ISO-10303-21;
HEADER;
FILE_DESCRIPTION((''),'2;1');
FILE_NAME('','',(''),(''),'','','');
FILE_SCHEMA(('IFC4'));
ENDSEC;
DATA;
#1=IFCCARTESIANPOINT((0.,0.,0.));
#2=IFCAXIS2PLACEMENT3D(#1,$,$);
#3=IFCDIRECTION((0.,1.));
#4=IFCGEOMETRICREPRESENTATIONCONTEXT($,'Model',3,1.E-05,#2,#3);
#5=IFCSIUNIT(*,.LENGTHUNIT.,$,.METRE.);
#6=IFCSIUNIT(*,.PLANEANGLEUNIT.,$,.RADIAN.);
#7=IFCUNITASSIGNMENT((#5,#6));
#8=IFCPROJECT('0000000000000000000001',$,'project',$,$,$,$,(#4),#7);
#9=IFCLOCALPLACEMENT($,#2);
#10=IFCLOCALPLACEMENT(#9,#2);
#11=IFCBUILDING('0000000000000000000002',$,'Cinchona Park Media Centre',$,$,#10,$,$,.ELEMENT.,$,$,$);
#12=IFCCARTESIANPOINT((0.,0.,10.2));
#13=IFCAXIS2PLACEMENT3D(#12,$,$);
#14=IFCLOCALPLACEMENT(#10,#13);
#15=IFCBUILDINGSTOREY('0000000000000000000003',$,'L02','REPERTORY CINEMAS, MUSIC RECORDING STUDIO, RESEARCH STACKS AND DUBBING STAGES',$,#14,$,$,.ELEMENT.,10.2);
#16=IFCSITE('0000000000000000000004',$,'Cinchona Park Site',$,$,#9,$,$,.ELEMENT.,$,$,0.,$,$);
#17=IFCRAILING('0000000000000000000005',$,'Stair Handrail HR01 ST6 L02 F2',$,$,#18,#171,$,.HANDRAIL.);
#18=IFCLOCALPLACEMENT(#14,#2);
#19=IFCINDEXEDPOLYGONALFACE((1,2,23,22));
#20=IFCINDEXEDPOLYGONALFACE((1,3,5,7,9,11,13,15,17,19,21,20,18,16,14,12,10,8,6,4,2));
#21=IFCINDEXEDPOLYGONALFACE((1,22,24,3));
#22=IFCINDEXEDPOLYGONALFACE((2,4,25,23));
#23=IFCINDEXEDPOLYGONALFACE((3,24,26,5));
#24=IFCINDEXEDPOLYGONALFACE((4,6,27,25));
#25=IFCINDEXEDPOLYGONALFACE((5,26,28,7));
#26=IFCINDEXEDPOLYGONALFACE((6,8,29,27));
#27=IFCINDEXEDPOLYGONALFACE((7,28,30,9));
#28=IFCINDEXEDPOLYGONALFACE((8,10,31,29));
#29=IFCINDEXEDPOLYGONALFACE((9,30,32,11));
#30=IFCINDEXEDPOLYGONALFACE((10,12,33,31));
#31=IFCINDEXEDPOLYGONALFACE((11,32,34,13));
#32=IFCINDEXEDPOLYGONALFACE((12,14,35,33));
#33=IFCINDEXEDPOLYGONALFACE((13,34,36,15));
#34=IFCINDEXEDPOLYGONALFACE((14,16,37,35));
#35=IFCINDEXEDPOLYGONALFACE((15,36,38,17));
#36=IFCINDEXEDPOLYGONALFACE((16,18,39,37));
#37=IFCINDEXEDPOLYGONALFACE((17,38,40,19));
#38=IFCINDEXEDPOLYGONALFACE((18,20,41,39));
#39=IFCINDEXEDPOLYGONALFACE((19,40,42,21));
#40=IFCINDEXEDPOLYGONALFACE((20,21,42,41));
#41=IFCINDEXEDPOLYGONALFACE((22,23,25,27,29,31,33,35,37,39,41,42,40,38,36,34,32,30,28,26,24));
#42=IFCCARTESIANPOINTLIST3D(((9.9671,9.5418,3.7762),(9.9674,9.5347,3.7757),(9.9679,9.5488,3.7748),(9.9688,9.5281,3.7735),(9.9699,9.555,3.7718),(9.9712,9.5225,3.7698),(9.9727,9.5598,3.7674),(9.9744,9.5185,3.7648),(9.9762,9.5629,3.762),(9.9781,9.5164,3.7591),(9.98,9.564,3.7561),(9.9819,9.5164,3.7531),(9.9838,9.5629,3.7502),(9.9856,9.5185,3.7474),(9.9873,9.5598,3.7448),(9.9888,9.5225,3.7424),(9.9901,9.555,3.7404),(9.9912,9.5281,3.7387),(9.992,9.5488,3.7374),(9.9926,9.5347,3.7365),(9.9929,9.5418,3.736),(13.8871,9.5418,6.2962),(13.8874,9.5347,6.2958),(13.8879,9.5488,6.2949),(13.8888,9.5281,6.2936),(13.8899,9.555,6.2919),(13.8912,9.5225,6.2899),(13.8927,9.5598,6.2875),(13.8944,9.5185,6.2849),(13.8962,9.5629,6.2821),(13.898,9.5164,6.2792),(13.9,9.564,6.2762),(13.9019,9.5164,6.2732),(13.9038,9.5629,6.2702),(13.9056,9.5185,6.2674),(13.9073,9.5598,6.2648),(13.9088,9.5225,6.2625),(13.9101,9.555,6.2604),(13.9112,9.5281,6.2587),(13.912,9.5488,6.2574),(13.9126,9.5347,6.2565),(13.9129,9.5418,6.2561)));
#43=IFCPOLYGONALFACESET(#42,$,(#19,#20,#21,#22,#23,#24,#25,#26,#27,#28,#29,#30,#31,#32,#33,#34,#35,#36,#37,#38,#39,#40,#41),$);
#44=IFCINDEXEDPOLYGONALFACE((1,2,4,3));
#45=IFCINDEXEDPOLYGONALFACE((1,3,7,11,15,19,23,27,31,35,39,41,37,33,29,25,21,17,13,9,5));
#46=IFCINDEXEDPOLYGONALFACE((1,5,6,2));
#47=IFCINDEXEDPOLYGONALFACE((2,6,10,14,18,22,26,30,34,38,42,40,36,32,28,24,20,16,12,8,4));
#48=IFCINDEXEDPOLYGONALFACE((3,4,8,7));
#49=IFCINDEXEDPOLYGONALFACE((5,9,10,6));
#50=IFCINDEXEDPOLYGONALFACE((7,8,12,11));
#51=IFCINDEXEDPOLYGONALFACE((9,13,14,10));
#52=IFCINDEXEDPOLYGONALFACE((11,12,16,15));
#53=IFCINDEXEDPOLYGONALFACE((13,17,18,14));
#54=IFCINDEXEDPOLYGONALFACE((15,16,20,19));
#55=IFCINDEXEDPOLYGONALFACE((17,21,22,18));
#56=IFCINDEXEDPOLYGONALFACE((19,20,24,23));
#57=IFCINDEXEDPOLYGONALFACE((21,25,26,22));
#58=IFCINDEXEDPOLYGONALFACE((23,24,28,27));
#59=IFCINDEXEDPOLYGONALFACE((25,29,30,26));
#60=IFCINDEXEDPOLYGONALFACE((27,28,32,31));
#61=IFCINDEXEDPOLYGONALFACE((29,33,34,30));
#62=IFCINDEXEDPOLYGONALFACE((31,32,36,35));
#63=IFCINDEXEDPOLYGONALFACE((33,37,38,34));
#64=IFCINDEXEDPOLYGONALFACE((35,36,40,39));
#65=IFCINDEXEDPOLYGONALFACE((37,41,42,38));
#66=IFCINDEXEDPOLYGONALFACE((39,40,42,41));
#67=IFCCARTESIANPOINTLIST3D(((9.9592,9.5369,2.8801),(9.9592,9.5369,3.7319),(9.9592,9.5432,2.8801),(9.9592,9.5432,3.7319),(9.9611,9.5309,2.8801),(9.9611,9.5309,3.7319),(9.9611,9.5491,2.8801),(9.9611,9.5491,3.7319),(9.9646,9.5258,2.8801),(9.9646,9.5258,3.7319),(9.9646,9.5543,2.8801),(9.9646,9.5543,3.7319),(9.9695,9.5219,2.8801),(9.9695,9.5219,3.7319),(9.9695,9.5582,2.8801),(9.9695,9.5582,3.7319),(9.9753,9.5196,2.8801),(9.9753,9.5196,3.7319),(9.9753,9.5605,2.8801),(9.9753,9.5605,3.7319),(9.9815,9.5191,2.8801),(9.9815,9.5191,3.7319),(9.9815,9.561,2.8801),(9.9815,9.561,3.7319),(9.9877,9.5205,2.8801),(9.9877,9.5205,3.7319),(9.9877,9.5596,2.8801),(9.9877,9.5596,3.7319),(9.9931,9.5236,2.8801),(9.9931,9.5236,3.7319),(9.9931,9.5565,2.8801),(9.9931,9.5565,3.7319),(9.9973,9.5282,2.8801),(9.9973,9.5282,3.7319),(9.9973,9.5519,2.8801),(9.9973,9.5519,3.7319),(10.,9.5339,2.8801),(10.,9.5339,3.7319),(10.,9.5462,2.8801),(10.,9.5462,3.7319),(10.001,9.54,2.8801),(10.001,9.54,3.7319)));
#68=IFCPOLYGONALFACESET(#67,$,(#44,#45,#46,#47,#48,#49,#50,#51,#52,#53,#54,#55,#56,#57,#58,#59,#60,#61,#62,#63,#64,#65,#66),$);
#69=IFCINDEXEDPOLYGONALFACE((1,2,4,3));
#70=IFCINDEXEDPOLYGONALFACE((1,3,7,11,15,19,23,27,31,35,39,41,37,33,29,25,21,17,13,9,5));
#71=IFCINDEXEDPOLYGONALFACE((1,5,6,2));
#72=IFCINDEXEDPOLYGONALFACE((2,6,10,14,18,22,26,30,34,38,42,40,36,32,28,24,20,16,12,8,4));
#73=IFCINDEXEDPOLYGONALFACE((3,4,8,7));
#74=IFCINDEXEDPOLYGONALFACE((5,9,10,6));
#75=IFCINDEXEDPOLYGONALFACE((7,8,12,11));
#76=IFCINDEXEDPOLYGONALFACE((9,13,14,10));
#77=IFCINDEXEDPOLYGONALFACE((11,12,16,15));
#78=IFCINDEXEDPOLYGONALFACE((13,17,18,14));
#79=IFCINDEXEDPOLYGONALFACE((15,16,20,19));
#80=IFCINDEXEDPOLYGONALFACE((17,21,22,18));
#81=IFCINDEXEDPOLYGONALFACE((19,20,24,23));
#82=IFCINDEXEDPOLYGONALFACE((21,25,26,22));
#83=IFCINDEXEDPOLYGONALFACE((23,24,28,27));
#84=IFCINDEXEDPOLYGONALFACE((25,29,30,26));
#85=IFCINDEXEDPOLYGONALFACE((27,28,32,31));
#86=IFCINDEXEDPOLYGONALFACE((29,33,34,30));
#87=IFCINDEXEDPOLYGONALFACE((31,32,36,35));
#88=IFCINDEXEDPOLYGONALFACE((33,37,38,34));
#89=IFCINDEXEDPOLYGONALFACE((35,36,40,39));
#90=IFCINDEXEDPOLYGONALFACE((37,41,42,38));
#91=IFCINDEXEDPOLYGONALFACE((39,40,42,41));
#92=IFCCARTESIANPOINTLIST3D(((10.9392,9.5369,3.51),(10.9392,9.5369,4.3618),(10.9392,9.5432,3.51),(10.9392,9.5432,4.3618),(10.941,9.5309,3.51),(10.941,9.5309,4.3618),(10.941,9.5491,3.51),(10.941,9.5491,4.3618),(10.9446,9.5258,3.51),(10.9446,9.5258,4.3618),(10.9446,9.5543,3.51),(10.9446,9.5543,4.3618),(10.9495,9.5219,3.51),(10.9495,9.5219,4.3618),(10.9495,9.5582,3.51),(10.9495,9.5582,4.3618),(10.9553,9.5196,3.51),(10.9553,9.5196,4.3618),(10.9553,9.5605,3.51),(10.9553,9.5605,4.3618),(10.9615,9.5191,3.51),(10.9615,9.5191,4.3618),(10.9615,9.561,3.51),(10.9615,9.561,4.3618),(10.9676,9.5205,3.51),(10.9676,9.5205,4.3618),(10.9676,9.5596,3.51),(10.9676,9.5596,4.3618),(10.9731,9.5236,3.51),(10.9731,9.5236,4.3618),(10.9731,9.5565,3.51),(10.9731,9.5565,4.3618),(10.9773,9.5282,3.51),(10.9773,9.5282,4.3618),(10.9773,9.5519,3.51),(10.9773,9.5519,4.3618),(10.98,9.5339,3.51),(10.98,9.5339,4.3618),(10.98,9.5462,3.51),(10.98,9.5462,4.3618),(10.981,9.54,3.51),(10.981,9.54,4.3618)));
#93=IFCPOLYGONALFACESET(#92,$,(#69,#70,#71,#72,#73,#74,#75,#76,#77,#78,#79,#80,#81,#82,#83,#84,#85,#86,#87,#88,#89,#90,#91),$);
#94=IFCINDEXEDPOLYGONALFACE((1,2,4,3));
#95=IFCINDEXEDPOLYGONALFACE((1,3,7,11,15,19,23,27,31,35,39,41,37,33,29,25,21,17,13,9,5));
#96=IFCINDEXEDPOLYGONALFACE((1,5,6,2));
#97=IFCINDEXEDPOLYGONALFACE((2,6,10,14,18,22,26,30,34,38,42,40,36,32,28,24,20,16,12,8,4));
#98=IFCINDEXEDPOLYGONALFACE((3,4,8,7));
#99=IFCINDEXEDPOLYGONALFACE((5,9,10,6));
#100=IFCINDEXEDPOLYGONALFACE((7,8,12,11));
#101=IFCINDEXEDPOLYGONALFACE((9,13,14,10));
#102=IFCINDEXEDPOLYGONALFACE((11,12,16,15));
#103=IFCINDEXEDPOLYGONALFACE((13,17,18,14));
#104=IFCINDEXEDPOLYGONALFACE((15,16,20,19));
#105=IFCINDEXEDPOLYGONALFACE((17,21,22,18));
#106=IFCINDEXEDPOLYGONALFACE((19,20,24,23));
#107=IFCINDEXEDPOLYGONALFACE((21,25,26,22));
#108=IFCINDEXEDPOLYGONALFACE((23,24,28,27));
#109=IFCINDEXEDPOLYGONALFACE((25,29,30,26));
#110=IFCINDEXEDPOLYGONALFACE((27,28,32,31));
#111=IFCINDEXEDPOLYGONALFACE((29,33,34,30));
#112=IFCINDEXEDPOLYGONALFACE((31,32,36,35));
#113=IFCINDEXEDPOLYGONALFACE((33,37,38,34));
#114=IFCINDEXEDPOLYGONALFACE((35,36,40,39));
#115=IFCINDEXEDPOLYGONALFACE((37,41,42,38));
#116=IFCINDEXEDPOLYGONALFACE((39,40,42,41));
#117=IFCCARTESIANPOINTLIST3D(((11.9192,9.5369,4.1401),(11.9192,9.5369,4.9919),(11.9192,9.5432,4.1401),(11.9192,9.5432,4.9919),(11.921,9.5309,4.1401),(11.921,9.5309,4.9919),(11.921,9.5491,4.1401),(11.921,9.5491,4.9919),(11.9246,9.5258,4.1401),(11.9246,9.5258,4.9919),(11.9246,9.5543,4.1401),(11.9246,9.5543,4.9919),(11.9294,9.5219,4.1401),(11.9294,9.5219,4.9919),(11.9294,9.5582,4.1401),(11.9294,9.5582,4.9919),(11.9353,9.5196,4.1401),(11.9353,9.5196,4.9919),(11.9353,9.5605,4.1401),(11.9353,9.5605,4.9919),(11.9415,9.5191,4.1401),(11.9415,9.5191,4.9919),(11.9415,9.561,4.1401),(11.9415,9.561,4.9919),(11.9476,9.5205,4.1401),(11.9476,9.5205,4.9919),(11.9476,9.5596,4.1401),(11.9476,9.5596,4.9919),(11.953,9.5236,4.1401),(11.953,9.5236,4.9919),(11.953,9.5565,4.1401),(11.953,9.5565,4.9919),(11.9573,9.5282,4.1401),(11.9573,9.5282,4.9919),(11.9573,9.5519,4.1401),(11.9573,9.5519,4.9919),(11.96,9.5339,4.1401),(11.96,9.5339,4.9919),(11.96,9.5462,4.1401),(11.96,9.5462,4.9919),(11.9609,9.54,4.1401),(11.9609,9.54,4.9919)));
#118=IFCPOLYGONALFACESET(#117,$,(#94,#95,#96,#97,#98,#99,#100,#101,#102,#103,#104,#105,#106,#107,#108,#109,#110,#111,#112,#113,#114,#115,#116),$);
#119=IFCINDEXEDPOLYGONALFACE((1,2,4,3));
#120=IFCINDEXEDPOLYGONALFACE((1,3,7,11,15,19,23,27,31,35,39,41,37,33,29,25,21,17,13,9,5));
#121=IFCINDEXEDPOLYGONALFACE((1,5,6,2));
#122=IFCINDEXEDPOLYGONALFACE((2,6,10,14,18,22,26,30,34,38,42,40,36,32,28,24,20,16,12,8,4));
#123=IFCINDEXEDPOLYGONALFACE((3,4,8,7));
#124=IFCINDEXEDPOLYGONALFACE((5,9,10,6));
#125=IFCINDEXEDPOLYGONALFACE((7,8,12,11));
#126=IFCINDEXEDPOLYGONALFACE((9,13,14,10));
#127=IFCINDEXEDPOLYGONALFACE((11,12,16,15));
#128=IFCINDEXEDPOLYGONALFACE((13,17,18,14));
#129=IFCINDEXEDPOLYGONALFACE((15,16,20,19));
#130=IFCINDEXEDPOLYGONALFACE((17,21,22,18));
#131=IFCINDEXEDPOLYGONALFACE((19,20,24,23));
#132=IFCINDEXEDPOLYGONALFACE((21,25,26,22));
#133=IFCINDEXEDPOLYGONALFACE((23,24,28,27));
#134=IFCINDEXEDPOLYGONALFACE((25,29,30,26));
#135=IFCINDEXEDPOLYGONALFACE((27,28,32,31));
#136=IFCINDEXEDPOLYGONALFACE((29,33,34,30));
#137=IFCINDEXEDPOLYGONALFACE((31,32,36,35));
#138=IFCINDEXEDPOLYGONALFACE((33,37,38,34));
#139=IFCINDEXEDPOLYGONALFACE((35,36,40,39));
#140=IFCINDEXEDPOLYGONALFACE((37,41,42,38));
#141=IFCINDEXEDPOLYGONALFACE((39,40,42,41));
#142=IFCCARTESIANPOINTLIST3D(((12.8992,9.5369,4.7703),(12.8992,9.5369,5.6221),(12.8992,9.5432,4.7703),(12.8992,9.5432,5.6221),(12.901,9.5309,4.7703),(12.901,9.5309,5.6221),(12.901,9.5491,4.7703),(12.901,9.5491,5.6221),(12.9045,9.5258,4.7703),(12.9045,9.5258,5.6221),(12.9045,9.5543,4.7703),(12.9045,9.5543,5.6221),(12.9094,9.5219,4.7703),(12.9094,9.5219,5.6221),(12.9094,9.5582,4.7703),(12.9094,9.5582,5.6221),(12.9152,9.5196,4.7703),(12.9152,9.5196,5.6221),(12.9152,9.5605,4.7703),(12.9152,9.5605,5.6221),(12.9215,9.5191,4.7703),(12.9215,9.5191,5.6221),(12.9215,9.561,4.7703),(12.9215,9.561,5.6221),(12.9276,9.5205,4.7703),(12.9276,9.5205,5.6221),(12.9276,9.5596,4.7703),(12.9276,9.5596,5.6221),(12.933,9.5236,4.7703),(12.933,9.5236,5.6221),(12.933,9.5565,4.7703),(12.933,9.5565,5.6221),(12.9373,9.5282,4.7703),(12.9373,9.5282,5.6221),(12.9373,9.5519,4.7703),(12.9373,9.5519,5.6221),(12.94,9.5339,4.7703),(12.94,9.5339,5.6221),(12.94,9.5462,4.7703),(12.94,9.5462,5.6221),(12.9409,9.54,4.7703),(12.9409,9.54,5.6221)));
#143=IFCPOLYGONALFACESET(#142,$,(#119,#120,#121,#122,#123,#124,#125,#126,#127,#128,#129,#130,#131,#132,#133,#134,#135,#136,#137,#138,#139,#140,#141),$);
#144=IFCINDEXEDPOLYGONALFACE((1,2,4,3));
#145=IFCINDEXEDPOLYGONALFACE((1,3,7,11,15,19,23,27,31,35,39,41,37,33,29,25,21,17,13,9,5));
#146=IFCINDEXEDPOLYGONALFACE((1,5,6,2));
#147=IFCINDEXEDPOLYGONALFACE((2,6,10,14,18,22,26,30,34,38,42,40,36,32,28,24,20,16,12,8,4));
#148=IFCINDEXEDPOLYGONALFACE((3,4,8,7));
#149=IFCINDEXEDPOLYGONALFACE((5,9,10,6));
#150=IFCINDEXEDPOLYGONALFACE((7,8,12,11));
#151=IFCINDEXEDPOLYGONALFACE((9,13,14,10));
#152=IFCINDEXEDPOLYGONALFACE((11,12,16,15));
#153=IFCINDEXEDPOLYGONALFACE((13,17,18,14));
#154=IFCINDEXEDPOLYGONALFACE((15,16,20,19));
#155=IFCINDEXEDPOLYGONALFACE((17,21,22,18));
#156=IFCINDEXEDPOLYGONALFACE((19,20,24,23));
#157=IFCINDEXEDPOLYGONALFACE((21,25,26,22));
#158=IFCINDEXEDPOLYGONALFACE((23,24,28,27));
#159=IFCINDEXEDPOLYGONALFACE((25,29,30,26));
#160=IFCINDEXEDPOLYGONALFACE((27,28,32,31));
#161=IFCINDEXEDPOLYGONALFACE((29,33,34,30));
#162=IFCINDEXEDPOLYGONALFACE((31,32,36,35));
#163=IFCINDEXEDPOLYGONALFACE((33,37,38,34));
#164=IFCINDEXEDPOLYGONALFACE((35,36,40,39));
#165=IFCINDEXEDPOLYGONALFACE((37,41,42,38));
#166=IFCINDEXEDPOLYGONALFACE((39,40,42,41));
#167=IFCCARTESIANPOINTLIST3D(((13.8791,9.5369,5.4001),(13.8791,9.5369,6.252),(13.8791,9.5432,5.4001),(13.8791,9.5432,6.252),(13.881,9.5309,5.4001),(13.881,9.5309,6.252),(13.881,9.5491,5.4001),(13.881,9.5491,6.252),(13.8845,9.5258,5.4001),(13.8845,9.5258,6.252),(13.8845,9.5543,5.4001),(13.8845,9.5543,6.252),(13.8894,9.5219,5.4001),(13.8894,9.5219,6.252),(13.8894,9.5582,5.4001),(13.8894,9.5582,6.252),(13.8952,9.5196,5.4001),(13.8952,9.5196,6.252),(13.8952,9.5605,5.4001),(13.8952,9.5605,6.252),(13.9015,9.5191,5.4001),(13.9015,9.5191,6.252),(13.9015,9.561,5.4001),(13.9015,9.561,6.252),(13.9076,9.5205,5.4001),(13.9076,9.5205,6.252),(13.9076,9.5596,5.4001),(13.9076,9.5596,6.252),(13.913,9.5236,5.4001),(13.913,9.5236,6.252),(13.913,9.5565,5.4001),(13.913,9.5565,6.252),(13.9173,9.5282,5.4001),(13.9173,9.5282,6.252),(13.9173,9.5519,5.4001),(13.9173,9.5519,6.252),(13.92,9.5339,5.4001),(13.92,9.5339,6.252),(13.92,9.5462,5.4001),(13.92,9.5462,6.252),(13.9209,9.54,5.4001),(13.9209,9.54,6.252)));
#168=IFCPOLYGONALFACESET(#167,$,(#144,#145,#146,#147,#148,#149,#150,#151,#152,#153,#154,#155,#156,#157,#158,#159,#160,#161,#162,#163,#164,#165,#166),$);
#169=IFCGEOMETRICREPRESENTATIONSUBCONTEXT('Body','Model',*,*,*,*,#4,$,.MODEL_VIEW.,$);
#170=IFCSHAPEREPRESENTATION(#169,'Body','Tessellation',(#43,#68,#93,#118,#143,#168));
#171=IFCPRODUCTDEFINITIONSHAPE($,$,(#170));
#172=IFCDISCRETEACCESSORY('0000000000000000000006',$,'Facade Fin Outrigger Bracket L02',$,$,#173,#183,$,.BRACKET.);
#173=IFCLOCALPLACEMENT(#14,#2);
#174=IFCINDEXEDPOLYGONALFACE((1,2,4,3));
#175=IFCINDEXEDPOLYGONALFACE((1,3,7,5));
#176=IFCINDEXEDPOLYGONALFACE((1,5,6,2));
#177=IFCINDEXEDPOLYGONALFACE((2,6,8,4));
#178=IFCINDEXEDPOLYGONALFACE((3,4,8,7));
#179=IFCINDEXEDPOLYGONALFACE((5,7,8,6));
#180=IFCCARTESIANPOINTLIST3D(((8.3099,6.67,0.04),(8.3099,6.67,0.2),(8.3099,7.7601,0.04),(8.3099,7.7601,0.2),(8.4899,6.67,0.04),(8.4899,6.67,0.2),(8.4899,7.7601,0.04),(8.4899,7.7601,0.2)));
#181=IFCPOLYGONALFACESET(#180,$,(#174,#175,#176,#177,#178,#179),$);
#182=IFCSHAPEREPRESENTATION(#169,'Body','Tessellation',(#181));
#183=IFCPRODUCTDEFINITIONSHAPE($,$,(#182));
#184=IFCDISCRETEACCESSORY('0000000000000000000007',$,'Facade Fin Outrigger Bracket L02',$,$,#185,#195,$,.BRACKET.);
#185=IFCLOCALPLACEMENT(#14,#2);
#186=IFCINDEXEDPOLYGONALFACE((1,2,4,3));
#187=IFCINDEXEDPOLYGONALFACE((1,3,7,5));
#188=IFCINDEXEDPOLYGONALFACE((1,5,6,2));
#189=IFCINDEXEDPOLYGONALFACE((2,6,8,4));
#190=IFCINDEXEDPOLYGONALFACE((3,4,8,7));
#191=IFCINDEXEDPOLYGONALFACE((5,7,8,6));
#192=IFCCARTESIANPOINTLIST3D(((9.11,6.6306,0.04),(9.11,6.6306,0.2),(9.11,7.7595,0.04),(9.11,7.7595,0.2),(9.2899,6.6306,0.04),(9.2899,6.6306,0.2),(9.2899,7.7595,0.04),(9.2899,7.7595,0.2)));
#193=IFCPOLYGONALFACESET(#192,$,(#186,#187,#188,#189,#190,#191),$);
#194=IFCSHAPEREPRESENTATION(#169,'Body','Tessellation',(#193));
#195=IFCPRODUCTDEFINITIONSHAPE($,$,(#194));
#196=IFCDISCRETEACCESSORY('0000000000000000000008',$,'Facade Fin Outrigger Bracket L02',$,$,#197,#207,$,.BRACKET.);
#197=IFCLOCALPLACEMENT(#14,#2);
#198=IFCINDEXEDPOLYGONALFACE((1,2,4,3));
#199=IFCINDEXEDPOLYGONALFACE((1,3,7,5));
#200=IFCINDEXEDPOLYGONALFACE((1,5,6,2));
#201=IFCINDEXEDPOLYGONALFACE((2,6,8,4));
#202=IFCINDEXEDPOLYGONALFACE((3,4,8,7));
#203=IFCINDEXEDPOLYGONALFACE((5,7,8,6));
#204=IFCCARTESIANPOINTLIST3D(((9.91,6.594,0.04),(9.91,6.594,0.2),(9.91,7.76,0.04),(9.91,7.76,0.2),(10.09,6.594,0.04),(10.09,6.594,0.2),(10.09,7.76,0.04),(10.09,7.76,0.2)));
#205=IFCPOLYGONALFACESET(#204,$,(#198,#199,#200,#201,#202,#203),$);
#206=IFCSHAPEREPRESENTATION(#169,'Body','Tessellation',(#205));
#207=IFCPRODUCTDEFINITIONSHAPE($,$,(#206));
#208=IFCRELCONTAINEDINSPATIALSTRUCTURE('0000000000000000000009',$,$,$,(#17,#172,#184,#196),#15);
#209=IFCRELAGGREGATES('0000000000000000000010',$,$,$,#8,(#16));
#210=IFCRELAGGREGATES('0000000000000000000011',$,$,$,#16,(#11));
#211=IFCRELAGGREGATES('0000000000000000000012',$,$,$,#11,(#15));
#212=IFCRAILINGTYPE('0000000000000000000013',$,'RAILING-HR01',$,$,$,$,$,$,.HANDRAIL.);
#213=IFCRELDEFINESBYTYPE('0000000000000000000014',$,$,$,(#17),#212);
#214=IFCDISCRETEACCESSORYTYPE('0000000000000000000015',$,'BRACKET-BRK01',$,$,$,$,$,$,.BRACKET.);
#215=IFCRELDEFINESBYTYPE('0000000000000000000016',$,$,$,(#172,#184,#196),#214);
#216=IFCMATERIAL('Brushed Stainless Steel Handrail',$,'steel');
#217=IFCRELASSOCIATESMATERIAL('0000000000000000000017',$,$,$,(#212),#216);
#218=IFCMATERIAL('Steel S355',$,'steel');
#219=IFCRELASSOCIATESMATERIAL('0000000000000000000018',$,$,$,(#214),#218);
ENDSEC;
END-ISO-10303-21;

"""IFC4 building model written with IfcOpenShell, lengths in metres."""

from ifc_helpers import new_model, si_unit, direction, frame, origin, origin_2d, place, context, subcontext, project, spatial, rectangle, circle, extrude, material, type_object, element, save


model = new_model("IFC4")

# Units and contexts
model_context = context("Model", 3, precision=1e-05, world=origin(), true_north=direction((0.0, 1.0)))
body_context = subcontext(model_context, "Body", "Model", "MODEL_VIEW")
ifc_project = project(units=[si_unit("LENGTHUNIT", "METRE"), si_unit("PLANEANGLEUNIT", "RADIAN")], contexts=[model_context])

# Site, building, storey
site_placement = place(None, origin())
site = spatial("IfcSite", under=ifc_project, at=site_placement, Name="Cinchona Park Site", CompositionType="ELEMENT", RefElevation=0.0)
building_placement = place(site_placement, origin())
building = spatial("IfcBuilding", under=site, at=building_placement, Name="Cinchona Park Media Centre", CompositionType="ELEMENT")
storey_placement = place(building_placement, frame((0.0, 0.0, 10.2)))
storey = spatial("IfcBuildingStorey", under=building, at=storey_placement, Name="L02", Description="REPERTORY CINEMAS, MUSIC RECORDING STUDIO, RESEARCH STACKS AND DUBBING STAGES", CompositionType="ELEMENT", Elevation=10.2)

# Railing
ifc_material_1 = material(Name="Brushed Stainless Steel Handrail", Category="steel")
railing_type_1 = type_object("IfcRailingType", Name="RAILING-HR01", PredefinedType="HANDRAIL", material=ifc_material_1)
railing_1_placement = place(storey_placement, frame((9.98, 9.54, 2.8801)))
element("IfcRailing", 1, at=railing_1_placement, inside=storey, type_object=railing_type_1, Name="Stair Handrail HR01 ST6 L02 F2", PredefinedType="HANDRAIL", context=body_context, shape_type="SweptSolid", body=[
    extrude(circle(Radius=0.0239, at=origin_2d()), frame((0.0, 0.0, 0.876), z_axis=(0.841172, 0.0, 0.540768), x_axis=(0.0, 1.0, 0.0)), (0.0, 0.0, 1.0), 4.6602),
    extrude(circle(Radius=0.021, at=origin_2d()), origin(), (0.0, 0.0, 1.0), 0.8518),
    extrude(circle(Radius=0.021, at=origin_2d()), frame((0.98, 0.0, 0.6299)), (0.0, 0.0, 1.0), 0.8518),
    extrude(circle(Radius=0.021, at=origin_2d()), frame((1.96, 0.0, 1.26)), (0.0, 0.0, 1.0), 0.8518),
    extrude(circle(Radius=0.021, at=origin_2d()), frame((2.9399, 0.0, 1.8901)), (0.0, 0.0, 1.0), 0.8518),
    extrude(circle(Radius=0.021, at=origin_2d()), frame((3.9199, 0.0, 2.52)), (0.0, 0.0, 1.0), 0.8518),
])

# Discrete accessories
ifc_material_2 = material(Name="Steel S355", Category="steel")
discrete_accessory_type = type_object("IfcDiscreteAccessoryType", Name="BRACKET-BRK01", PredefinedType="BRACKET", material=ifc_material_2)
discrete_accessory_1_placement = place(storey_placement, frame((8.3999, 7.2151, 0.04), z_axis=(0.0, 0.0, 1.0), x_axis=(1.0, 0.0, 0.0)))
element("IfcDiscreteAccessory", 2, at=discrete_accessory_1_placement, inside=storey, type_object=discrete_accessory_type, Name="Facade Fin Outrigger Bracket L02", PredefinedType="BRACKET", context=body_context, shape_type="SweptSolid", body=[
    extrude(rectangle(XDim=0.1799, YDim=1.0901, at=origin_2d()), origin(), (0.0, 0.0, 1.0), 0.1599),
])
discrete_accessory_2_placement = place(storey_placement, frame((9.2, 7.1951, 0.04), z_axis=(0.0, 0.0, 1.0), x_axis=(1.0, 0.0, 0.0)))
element("IfcDiscreteAccessory", 3, at=discrete_accessory_2_placement, inside=storey, type_object=discrete_accessory_type, Name="Facade Fin Outrigger Bracket L02", PredefinedType="BRACKET", context=body_context, shape_type="SweptSolid", body=[
    extrude(rectangle(XDim=0.1799, YDim=1.1289, at=origin_2d()), origin(), (0.0, 0.0, 1.0), 0.1599),
])
discrete_accessory_3_placement = place(storey_placement, frame((10.0, 7.177, 0.04), z_axis=(0.0, 0.0, 1.0), x_axis=(1.0, 0.0, 0.0)))
element("IfcDiscreteAccessory", 4, at=discrete_accessory_3_placement, inside=storey, type_object=discrete_accessory_type, Name="Facade Fin Outrigger Bracket L02", PredefinedType="BRACKET", context=body_context, shape_type="SweptSolid", body=[
    extrude(rectangle(XDim=0.1799, YDim=1.166, at=origin_2d()), origin(), (0.0, 0.0, 1.0), 0.1599),
])

save(model, "model.ifc")
